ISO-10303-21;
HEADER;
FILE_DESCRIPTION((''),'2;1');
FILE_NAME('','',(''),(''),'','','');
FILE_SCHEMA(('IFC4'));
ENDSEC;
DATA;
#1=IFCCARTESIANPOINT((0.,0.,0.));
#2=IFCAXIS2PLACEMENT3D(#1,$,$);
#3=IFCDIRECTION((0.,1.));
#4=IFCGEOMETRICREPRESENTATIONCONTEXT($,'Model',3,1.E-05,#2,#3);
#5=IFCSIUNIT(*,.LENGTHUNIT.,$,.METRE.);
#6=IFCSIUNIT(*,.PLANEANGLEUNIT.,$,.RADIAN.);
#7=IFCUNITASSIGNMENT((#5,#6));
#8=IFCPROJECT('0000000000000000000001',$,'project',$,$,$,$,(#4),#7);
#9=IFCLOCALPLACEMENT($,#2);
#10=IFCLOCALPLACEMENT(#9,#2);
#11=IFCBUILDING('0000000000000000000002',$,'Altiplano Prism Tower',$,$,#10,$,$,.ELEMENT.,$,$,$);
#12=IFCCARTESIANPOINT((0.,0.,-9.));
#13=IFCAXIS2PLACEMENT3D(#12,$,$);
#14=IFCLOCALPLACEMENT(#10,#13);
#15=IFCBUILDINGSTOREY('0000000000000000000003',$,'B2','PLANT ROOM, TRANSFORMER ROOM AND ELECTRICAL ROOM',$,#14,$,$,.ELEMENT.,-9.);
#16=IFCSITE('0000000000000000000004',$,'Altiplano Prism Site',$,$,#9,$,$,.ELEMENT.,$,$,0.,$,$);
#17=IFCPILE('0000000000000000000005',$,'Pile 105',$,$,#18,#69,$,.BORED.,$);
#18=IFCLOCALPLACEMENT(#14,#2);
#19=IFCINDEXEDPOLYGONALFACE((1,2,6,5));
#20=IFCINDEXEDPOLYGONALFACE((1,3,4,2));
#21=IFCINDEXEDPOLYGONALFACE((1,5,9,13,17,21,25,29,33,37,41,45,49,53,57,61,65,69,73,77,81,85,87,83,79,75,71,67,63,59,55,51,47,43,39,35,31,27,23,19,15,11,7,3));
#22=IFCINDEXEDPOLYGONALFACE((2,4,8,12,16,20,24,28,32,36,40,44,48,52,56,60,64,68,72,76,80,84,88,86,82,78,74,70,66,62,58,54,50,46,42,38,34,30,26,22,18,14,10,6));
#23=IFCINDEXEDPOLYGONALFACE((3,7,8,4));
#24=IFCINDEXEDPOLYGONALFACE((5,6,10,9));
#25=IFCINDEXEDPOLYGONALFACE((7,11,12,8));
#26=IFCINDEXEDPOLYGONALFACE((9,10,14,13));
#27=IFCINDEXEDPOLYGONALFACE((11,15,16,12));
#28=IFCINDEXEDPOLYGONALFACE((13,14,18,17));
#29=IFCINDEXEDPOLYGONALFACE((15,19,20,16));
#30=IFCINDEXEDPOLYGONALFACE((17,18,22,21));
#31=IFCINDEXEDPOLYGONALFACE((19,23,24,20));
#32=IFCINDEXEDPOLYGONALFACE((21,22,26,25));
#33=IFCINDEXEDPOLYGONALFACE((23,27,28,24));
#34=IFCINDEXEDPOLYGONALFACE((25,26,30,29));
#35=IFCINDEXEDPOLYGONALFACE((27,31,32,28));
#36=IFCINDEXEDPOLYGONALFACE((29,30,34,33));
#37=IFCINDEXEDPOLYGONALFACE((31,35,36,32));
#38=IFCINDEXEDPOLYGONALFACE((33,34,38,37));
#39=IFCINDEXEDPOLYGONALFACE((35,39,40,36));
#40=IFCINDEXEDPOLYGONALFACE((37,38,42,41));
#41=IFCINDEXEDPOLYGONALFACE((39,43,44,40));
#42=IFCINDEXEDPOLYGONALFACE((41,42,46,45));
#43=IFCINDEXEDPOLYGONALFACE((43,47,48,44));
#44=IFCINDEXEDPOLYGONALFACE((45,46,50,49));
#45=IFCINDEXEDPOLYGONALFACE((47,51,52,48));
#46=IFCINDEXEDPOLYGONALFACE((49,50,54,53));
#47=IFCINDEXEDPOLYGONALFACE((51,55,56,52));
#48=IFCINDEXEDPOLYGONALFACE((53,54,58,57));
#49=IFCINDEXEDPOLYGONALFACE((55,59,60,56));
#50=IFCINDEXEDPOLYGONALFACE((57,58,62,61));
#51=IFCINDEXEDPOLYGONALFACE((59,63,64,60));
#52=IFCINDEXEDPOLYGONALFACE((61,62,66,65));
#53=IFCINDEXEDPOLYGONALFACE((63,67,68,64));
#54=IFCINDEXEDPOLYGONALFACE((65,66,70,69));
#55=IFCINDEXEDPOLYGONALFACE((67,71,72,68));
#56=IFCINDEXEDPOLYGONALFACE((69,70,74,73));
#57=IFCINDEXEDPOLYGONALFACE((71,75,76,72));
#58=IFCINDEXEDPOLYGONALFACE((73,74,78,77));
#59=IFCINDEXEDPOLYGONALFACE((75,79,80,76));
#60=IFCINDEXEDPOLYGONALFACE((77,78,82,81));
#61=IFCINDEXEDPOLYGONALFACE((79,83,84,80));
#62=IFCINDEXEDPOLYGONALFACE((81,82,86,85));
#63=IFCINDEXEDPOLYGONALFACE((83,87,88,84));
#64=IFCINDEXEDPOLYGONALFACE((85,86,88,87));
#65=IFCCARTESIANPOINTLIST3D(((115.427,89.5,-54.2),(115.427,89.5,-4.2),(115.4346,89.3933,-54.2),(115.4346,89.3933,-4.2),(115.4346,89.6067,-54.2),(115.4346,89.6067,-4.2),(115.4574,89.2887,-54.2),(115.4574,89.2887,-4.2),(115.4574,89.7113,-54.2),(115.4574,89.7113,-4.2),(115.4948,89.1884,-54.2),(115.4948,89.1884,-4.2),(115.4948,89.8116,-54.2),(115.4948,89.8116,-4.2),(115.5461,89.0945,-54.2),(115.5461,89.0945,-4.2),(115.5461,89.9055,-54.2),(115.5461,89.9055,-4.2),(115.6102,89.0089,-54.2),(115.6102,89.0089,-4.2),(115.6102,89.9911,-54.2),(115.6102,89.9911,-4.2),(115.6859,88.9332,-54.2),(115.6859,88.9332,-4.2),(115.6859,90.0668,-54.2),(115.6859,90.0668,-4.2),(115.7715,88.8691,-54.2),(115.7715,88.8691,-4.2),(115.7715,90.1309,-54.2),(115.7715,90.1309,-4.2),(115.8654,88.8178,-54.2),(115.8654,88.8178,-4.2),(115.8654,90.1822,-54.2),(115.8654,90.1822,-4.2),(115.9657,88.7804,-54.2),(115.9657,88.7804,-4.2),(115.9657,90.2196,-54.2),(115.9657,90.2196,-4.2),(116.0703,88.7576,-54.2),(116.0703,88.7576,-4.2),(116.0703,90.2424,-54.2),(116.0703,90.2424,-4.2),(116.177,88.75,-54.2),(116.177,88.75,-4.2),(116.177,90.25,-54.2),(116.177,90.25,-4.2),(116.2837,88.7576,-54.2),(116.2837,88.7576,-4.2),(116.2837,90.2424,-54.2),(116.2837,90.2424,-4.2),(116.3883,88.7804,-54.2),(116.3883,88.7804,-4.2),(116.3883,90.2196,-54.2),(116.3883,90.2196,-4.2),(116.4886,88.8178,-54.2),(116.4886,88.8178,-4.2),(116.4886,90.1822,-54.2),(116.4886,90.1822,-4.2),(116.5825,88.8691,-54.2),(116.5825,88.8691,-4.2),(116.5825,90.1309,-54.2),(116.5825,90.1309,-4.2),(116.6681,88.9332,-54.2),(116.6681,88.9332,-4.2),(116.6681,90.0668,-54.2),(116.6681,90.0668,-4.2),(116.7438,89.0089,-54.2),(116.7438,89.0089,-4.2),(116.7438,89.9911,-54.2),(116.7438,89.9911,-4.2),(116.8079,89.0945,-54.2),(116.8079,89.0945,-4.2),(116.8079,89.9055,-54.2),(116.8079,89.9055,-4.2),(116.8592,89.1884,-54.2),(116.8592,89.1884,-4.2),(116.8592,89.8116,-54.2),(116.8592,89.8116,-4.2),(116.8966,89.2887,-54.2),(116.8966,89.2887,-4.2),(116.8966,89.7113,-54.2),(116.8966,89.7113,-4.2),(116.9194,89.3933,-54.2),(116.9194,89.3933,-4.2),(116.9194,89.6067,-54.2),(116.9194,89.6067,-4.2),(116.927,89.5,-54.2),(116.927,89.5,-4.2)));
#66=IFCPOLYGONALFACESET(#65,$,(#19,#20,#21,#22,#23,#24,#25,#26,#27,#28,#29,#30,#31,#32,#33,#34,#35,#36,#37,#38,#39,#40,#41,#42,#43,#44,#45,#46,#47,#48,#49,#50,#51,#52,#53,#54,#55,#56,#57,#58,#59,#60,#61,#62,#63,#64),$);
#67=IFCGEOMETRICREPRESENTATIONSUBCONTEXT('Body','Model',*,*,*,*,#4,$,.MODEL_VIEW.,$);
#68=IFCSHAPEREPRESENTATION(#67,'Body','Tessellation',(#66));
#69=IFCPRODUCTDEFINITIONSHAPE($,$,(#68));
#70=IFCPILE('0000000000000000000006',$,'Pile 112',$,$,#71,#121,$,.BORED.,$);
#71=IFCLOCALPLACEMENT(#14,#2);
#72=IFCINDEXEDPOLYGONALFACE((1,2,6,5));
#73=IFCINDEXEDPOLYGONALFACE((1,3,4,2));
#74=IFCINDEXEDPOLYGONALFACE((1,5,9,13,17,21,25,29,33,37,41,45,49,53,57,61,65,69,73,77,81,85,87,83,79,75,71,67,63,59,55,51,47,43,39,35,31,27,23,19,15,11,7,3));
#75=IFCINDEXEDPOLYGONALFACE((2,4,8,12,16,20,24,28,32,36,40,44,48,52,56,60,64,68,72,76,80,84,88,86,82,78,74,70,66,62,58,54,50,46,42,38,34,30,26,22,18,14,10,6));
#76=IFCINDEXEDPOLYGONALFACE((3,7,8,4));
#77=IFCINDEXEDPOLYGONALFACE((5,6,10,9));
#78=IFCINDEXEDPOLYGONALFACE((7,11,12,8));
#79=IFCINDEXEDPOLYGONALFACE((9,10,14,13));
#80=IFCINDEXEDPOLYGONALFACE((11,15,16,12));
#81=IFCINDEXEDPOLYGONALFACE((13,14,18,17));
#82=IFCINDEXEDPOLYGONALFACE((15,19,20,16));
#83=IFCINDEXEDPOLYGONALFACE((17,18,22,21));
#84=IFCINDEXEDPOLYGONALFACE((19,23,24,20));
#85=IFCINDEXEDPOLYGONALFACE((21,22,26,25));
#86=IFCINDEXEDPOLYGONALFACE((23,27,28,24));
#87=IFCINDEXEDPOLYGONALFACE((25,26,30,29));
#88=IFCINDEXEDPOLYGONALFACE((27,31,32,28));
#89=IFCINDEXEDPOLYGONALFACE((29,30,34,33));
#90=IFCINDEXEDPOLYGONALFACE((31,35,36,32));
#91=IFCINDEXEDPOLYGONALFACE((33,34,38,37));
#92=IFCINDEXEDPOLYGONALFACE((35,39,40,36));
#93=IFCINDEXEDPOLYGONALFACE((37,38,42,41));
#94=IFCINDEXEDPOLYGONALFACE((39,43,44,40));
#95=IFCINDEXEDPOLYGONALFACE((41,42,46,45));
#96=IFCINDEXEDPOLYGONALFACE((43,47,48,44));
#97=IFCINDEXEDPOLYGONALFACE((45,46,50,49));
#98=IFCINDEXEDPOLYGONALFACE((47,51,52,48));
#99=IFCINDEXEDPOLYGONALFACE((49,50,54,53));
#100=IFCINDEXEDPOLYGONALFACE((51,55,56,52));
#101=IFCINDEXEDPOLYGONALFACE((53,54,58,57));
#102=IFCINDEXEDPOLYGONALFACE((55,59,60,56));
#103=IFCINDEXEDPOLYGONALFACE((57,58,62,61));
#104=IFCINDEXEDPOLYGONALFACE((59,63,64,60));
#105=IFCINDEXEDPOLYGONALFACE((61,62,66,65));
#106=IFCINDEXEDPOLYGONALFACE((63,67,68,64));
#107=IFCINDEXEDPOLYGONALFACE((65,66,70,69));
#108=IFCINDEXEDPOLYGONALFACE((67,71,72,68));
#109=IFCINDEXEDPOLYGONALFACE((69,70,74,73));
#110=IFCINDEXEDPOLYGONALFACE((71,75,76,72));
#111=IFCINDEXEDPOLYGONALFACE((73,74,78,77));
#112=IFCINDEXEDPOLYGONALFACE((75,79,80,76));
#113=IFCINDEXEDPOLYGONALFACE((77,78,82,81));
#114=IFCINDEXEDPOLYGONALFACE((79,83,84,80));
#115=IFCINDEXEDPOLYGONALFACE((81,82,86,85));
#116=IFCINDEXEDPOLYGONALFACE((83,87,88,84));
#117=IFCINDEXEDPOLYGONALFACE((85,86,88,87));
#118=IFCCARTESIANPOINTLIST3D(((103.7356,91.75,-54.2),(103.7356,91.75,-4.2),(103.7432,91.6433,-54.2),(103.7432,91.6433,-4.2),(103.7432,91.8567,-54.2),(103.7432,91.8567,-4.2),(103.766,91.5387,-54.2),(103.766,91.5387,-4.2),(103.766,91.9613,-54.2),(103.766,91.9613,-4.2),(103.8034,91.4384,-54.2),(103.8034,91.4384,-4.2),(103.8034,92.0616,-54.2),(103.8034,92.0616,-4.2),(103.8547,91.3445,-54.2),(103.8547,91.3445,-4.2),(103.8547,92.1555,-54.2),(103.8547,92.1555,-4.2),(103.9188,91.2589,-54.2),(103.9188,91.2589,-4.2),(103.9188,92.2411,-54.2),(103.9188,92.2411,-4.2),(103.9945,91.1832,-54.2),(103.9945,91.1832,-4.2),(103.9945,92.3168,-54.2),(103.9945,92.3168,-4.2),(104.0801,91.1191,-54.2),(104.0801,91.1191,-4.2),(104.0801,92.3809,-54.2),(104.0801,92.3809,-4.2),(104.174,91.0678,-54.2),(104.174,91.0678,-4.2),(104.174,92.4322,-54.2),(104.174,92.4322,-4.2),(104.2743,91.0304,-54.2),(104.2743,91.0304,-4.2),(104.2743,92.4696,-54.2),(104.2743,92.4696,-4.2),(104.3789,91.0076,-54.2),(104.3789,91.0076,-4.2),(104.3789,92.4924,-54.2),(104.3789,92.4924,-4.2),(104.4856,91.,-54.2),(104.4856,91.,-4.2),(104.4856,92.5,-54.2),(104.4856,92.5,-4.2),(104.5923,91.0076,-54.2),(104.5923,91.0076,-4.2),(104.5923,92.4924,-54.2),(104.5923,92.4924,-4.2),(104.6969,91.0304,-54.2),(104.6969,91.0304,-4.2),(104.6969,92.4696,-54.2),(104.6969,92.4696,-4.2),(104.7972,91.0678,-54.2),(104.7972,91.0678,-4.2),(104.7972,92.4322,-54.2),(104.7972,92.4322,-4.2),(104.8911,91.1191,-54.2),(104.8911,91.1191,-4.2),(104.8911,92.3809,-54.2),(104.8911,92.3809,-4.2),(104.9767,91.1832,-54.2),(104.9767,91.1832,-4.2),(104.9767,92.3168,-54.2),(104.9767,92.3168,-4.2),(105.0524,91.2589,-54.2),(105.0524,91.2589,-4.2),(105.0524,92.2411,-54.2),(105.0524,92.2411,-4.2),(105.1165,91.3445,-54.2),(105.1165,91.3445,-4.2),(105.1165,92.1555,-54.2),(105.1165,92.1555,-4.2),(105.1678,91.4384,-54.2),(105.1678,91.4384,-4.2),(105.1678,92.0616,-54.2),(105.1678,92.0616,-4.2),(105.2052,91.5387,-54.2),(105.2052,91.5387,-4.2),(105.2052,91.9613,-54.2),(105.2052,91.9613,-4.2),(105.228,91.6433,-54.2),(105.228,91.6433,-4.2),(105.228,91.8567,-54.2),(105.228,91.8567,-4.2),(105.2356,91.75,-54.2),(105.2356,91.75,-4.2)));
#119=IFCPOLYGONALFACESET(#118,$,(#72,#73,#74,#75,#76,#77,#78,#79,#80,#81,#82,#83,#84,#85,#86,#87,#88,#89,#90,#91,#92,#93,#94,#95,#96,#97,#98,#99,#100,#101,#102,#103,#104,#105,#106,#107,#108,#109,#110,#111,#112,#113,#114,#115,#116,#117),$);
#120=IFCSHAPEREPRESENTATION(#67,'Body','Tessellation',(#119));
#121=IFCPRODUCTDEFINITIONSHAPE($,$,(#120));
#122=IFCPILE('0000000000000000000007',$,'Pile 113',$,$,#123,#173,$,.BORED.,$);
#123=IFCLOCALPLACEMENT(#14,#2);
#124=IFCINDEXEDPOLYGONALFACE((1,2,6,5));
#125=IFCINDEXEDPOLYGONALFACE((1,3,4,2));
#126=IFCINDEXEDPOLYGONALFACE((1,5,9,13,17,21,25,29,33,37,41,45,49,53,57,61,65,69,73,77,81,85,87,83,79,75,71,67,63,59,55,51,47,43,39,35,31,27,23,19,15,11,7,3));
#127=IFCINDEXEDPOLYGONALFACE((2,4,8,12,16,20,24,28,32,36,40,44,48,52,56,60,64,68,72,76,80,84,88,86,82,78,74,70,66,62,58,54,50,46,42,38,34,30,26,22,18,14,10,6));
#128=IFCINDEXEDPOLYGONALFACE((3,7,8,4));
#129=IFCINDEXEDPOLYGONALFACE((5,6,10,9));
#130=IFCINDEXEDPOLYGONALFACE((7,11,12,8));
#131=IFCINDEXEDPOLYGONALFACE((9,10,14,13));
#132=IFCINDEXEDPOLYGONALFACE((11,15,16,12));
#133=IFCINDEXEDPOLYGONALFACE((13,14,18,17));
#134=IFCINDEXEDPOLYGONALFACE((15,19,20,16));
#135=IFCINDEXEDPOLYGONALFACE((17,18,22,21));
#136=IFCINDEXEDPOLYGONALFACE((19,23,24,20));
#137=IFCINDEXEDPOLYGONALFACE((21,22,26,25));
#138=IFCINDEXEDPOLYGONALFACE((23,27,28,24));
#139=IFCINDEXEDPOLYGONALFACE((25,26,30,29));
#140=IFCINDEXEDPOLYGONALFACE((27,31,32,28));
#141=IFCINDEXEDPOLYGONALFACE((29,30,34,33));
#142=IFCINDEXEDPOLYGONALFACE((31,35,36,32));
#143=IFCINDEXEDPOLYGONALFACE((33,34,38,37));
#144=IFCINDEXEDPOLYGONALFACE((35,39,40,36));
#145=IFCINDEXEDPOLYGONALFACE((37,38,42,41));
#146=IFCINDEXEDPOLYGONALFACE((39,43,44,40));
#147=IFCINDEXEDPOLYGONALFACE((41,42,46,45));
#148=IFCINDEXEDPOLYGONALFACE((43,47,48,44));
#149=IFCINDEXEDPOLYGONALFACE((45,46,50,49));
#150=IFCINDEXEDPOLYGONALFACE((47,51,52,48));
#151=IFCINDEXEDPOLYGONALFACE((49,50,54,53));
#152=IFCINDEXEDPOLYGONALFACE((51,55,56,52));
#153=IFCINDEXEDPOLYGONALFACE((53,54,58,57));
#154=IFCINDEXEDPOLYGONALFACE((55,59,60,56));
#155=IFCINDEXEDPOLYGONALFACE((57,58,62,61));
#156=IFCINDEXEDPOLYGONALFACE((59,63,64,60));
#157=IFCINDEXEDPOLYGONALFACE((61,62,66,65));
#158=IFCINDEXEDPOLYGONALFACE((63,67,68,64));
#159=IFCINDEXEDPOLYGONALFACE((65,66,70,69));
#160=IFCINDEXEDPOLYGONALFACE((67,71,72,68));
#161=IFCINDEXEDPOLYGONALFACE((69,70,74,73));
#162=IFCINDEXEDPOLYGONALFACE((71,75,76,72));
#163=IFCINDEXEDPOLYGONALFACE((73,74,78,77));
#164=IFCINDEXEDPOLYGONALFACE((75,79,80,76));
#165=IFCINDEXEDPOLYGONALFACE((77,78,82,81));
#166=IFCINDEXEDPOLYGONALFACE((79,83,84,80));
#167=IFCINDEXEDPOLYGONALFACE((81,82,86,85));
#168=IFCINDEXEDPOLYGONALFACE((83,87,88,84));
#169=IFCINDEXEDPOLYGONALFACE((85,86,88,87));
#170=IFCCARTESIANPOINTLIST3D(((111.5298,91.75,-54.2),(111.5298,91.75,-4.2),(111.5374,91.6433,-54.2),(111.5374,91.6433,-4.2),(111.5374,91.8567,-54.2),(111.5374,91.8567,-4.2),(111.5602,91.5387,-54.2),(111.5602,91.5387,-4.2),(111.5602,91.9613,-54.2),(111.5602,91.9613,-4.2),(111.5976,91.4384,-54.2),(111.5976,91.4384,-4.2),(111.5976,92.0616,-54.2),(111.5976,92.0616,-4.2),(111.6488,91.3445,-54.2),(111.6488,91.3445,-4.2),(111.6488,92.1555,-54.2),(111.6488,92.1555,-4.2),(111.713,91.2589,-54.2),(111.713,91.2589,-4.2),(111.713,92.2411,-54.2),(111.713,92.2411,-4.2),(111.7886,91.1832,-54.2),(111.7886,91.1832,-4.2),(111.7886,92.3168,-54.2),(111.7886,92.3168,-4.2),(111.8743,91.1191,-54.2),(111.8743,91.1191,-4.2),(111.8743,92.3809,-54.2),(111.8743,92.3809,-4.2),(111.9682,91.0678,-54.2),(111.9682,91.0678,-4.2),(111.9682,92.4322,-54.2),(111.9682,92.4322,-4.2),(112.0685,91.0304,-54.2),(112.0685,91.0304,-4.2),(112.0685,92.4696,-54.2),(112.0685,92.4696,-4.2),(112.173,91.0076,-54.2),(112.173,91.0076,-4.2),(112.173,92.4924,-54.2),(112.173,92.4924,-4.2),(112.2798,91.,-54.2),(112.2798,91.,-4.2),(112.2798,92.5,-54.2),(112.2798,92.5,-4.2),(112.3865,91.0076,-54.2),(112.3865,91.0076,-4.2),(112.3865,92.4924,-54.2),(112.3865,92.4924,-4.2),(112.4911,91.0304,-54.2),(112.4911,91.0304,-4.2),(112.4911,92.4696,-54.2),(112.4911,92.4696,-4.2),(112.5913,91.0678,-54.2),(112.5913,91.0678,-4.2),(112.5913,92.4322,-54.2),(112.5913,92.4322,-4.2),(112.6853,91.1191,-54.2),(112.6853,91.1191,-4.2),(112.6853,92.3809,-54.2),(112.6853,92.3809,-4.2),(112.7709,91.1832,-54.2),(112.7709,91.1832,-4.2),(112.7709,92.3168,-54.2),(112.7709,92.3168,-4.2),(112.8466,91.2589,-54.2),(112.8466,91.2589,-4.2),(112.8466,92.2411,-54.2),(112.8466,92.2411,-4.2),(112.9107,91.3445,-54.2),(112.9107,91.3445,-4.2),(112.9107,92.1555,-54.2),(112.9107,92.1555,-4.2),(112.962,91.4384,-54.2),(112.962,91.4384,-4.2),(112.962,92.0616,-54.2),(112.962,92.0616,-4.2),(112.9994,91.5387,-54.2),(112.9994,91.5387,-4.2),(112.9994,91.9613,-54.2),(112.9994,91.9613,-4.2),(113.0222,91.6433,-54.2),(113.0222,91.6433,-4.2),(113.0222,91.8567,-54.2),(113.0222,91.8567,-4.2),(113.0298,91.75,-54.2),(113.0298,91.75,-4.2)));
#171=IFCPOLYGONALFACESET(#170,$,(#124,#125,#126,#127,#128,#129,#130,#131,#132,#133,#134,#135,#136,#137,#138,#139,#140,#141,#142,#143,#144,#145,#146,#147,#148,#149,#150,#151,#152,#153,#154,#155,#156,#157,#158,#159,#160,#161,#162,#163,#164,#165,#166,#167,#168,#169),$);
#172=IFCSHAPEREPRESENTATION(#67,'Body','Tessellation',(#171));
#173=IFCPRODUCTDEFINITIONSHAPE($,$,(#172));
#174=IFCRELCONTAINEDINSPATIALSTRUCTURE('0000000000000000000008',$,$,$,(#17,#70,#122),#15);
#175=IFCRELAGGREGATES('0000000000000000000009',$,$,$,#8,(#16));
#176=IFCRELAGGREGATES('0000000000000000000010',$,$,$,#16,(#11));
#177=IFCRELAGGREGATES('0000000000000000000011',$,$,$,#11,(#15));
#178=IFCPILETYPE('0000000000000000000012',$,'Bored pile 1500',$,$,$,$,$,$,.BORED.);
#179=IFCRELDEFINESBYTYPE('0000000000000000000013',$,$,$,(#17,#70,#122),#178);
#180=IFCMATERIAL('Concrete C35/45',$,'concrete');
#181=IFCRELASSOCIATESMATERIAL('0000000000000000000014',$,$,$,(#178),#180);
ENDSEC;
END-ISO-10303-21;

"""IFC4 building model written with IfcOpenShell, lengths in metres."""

from ifc_helpers import new_model, si_unit, direction, frame, origin, origin_2d, place, context, subcontext, project, spatial, circle, extrude, material, material_profile, profile_set, type_object, element, save


model = new_model("IFC4")

# Units and contexts
model_context = context("Model", 3, precision=1e-05, world=origin(), true_north=direction((0.0, 1.0)))
body_context = subcontext(model_context, "Body", "Model", "MODEL_VIEW")
ifc_project = project(units=[si_unit("LENGTHUNIT", "METRE"), si_unit("PLANEANGLEUNIT", "RADIAN")], contexts=[model_context])

# Site, building, storey
site_placement = place(None, origin())
site = spatial("IfcSite", under=ifc_project, at=site_placement, Name="Altiplano Prism Site", CompositionType="ELEMENT", RefElevation=0.0)
building_placement = place(site_placement, origin())
building = spatial("IfcBuilding", under=site, at=building_placement, Name="Altiplano Prism Tower", CompositionType="ELEMENT")
storey_placement = place(building_placement, frame((0.0, 0.0, -9.0)))
storey = spatial("IfcBuildingStorey", under=building, at=storey_placement, Name="B2", Description="PLANT ROOM, TRANSFORMER ROOM AND ELECTRICAL ROOM", CompositionType="ELEMENT", Elevation=-9.0)

# Piles
ifc_material_1 = material(Name="Concrete C35/45", Category="concrete")
ifc_material_profile_1 = material_profile(ifc_material_1, circle(Radius=0.75, at=origin_2d()), Name="Bored pile 1500")
ifc_profile_set_1 = profile_set([ifc_material_profile_1], Name="Concrete C35/45")
pile_type = type_object("IfcPileType", Name="Bored pile 1500", PredefinedType="BORED", material=ifc_profile_set_1)
for number, where, z_axis, x_axis, name in (
    (1, (116.177, 89.5, -4.2), (0.0, 0.0, -1.0), (1.0, 0.0, 0.0), "Pile 105"),
    (2, (104.4856, 91.75, -4.2), (0.0, 0.0, -1.0), (1.0, 0.0, 0.0), "Pile 112"),
    (3, (112.2798, 91.75, -4.2), (0.0, 0.0, -1.0), (1.0, 0.0, 0.0), "Pile 113"),
):
    element("IfcPile", number, at=place(storey_placement, frame(where, z_axis=z_axis, x_axis=x_axis)), inside=storey, type_object=pile_type, Name=name, PredefinedType="BORED", context=body_context, shape_type="SweptSolid", body=[
        extrude(circle(Radius=0.75, at=origin_2d()), origin(), (0.0, 0.0, 1.0), 50.0),
    ])

save(model, "model.ifc")
